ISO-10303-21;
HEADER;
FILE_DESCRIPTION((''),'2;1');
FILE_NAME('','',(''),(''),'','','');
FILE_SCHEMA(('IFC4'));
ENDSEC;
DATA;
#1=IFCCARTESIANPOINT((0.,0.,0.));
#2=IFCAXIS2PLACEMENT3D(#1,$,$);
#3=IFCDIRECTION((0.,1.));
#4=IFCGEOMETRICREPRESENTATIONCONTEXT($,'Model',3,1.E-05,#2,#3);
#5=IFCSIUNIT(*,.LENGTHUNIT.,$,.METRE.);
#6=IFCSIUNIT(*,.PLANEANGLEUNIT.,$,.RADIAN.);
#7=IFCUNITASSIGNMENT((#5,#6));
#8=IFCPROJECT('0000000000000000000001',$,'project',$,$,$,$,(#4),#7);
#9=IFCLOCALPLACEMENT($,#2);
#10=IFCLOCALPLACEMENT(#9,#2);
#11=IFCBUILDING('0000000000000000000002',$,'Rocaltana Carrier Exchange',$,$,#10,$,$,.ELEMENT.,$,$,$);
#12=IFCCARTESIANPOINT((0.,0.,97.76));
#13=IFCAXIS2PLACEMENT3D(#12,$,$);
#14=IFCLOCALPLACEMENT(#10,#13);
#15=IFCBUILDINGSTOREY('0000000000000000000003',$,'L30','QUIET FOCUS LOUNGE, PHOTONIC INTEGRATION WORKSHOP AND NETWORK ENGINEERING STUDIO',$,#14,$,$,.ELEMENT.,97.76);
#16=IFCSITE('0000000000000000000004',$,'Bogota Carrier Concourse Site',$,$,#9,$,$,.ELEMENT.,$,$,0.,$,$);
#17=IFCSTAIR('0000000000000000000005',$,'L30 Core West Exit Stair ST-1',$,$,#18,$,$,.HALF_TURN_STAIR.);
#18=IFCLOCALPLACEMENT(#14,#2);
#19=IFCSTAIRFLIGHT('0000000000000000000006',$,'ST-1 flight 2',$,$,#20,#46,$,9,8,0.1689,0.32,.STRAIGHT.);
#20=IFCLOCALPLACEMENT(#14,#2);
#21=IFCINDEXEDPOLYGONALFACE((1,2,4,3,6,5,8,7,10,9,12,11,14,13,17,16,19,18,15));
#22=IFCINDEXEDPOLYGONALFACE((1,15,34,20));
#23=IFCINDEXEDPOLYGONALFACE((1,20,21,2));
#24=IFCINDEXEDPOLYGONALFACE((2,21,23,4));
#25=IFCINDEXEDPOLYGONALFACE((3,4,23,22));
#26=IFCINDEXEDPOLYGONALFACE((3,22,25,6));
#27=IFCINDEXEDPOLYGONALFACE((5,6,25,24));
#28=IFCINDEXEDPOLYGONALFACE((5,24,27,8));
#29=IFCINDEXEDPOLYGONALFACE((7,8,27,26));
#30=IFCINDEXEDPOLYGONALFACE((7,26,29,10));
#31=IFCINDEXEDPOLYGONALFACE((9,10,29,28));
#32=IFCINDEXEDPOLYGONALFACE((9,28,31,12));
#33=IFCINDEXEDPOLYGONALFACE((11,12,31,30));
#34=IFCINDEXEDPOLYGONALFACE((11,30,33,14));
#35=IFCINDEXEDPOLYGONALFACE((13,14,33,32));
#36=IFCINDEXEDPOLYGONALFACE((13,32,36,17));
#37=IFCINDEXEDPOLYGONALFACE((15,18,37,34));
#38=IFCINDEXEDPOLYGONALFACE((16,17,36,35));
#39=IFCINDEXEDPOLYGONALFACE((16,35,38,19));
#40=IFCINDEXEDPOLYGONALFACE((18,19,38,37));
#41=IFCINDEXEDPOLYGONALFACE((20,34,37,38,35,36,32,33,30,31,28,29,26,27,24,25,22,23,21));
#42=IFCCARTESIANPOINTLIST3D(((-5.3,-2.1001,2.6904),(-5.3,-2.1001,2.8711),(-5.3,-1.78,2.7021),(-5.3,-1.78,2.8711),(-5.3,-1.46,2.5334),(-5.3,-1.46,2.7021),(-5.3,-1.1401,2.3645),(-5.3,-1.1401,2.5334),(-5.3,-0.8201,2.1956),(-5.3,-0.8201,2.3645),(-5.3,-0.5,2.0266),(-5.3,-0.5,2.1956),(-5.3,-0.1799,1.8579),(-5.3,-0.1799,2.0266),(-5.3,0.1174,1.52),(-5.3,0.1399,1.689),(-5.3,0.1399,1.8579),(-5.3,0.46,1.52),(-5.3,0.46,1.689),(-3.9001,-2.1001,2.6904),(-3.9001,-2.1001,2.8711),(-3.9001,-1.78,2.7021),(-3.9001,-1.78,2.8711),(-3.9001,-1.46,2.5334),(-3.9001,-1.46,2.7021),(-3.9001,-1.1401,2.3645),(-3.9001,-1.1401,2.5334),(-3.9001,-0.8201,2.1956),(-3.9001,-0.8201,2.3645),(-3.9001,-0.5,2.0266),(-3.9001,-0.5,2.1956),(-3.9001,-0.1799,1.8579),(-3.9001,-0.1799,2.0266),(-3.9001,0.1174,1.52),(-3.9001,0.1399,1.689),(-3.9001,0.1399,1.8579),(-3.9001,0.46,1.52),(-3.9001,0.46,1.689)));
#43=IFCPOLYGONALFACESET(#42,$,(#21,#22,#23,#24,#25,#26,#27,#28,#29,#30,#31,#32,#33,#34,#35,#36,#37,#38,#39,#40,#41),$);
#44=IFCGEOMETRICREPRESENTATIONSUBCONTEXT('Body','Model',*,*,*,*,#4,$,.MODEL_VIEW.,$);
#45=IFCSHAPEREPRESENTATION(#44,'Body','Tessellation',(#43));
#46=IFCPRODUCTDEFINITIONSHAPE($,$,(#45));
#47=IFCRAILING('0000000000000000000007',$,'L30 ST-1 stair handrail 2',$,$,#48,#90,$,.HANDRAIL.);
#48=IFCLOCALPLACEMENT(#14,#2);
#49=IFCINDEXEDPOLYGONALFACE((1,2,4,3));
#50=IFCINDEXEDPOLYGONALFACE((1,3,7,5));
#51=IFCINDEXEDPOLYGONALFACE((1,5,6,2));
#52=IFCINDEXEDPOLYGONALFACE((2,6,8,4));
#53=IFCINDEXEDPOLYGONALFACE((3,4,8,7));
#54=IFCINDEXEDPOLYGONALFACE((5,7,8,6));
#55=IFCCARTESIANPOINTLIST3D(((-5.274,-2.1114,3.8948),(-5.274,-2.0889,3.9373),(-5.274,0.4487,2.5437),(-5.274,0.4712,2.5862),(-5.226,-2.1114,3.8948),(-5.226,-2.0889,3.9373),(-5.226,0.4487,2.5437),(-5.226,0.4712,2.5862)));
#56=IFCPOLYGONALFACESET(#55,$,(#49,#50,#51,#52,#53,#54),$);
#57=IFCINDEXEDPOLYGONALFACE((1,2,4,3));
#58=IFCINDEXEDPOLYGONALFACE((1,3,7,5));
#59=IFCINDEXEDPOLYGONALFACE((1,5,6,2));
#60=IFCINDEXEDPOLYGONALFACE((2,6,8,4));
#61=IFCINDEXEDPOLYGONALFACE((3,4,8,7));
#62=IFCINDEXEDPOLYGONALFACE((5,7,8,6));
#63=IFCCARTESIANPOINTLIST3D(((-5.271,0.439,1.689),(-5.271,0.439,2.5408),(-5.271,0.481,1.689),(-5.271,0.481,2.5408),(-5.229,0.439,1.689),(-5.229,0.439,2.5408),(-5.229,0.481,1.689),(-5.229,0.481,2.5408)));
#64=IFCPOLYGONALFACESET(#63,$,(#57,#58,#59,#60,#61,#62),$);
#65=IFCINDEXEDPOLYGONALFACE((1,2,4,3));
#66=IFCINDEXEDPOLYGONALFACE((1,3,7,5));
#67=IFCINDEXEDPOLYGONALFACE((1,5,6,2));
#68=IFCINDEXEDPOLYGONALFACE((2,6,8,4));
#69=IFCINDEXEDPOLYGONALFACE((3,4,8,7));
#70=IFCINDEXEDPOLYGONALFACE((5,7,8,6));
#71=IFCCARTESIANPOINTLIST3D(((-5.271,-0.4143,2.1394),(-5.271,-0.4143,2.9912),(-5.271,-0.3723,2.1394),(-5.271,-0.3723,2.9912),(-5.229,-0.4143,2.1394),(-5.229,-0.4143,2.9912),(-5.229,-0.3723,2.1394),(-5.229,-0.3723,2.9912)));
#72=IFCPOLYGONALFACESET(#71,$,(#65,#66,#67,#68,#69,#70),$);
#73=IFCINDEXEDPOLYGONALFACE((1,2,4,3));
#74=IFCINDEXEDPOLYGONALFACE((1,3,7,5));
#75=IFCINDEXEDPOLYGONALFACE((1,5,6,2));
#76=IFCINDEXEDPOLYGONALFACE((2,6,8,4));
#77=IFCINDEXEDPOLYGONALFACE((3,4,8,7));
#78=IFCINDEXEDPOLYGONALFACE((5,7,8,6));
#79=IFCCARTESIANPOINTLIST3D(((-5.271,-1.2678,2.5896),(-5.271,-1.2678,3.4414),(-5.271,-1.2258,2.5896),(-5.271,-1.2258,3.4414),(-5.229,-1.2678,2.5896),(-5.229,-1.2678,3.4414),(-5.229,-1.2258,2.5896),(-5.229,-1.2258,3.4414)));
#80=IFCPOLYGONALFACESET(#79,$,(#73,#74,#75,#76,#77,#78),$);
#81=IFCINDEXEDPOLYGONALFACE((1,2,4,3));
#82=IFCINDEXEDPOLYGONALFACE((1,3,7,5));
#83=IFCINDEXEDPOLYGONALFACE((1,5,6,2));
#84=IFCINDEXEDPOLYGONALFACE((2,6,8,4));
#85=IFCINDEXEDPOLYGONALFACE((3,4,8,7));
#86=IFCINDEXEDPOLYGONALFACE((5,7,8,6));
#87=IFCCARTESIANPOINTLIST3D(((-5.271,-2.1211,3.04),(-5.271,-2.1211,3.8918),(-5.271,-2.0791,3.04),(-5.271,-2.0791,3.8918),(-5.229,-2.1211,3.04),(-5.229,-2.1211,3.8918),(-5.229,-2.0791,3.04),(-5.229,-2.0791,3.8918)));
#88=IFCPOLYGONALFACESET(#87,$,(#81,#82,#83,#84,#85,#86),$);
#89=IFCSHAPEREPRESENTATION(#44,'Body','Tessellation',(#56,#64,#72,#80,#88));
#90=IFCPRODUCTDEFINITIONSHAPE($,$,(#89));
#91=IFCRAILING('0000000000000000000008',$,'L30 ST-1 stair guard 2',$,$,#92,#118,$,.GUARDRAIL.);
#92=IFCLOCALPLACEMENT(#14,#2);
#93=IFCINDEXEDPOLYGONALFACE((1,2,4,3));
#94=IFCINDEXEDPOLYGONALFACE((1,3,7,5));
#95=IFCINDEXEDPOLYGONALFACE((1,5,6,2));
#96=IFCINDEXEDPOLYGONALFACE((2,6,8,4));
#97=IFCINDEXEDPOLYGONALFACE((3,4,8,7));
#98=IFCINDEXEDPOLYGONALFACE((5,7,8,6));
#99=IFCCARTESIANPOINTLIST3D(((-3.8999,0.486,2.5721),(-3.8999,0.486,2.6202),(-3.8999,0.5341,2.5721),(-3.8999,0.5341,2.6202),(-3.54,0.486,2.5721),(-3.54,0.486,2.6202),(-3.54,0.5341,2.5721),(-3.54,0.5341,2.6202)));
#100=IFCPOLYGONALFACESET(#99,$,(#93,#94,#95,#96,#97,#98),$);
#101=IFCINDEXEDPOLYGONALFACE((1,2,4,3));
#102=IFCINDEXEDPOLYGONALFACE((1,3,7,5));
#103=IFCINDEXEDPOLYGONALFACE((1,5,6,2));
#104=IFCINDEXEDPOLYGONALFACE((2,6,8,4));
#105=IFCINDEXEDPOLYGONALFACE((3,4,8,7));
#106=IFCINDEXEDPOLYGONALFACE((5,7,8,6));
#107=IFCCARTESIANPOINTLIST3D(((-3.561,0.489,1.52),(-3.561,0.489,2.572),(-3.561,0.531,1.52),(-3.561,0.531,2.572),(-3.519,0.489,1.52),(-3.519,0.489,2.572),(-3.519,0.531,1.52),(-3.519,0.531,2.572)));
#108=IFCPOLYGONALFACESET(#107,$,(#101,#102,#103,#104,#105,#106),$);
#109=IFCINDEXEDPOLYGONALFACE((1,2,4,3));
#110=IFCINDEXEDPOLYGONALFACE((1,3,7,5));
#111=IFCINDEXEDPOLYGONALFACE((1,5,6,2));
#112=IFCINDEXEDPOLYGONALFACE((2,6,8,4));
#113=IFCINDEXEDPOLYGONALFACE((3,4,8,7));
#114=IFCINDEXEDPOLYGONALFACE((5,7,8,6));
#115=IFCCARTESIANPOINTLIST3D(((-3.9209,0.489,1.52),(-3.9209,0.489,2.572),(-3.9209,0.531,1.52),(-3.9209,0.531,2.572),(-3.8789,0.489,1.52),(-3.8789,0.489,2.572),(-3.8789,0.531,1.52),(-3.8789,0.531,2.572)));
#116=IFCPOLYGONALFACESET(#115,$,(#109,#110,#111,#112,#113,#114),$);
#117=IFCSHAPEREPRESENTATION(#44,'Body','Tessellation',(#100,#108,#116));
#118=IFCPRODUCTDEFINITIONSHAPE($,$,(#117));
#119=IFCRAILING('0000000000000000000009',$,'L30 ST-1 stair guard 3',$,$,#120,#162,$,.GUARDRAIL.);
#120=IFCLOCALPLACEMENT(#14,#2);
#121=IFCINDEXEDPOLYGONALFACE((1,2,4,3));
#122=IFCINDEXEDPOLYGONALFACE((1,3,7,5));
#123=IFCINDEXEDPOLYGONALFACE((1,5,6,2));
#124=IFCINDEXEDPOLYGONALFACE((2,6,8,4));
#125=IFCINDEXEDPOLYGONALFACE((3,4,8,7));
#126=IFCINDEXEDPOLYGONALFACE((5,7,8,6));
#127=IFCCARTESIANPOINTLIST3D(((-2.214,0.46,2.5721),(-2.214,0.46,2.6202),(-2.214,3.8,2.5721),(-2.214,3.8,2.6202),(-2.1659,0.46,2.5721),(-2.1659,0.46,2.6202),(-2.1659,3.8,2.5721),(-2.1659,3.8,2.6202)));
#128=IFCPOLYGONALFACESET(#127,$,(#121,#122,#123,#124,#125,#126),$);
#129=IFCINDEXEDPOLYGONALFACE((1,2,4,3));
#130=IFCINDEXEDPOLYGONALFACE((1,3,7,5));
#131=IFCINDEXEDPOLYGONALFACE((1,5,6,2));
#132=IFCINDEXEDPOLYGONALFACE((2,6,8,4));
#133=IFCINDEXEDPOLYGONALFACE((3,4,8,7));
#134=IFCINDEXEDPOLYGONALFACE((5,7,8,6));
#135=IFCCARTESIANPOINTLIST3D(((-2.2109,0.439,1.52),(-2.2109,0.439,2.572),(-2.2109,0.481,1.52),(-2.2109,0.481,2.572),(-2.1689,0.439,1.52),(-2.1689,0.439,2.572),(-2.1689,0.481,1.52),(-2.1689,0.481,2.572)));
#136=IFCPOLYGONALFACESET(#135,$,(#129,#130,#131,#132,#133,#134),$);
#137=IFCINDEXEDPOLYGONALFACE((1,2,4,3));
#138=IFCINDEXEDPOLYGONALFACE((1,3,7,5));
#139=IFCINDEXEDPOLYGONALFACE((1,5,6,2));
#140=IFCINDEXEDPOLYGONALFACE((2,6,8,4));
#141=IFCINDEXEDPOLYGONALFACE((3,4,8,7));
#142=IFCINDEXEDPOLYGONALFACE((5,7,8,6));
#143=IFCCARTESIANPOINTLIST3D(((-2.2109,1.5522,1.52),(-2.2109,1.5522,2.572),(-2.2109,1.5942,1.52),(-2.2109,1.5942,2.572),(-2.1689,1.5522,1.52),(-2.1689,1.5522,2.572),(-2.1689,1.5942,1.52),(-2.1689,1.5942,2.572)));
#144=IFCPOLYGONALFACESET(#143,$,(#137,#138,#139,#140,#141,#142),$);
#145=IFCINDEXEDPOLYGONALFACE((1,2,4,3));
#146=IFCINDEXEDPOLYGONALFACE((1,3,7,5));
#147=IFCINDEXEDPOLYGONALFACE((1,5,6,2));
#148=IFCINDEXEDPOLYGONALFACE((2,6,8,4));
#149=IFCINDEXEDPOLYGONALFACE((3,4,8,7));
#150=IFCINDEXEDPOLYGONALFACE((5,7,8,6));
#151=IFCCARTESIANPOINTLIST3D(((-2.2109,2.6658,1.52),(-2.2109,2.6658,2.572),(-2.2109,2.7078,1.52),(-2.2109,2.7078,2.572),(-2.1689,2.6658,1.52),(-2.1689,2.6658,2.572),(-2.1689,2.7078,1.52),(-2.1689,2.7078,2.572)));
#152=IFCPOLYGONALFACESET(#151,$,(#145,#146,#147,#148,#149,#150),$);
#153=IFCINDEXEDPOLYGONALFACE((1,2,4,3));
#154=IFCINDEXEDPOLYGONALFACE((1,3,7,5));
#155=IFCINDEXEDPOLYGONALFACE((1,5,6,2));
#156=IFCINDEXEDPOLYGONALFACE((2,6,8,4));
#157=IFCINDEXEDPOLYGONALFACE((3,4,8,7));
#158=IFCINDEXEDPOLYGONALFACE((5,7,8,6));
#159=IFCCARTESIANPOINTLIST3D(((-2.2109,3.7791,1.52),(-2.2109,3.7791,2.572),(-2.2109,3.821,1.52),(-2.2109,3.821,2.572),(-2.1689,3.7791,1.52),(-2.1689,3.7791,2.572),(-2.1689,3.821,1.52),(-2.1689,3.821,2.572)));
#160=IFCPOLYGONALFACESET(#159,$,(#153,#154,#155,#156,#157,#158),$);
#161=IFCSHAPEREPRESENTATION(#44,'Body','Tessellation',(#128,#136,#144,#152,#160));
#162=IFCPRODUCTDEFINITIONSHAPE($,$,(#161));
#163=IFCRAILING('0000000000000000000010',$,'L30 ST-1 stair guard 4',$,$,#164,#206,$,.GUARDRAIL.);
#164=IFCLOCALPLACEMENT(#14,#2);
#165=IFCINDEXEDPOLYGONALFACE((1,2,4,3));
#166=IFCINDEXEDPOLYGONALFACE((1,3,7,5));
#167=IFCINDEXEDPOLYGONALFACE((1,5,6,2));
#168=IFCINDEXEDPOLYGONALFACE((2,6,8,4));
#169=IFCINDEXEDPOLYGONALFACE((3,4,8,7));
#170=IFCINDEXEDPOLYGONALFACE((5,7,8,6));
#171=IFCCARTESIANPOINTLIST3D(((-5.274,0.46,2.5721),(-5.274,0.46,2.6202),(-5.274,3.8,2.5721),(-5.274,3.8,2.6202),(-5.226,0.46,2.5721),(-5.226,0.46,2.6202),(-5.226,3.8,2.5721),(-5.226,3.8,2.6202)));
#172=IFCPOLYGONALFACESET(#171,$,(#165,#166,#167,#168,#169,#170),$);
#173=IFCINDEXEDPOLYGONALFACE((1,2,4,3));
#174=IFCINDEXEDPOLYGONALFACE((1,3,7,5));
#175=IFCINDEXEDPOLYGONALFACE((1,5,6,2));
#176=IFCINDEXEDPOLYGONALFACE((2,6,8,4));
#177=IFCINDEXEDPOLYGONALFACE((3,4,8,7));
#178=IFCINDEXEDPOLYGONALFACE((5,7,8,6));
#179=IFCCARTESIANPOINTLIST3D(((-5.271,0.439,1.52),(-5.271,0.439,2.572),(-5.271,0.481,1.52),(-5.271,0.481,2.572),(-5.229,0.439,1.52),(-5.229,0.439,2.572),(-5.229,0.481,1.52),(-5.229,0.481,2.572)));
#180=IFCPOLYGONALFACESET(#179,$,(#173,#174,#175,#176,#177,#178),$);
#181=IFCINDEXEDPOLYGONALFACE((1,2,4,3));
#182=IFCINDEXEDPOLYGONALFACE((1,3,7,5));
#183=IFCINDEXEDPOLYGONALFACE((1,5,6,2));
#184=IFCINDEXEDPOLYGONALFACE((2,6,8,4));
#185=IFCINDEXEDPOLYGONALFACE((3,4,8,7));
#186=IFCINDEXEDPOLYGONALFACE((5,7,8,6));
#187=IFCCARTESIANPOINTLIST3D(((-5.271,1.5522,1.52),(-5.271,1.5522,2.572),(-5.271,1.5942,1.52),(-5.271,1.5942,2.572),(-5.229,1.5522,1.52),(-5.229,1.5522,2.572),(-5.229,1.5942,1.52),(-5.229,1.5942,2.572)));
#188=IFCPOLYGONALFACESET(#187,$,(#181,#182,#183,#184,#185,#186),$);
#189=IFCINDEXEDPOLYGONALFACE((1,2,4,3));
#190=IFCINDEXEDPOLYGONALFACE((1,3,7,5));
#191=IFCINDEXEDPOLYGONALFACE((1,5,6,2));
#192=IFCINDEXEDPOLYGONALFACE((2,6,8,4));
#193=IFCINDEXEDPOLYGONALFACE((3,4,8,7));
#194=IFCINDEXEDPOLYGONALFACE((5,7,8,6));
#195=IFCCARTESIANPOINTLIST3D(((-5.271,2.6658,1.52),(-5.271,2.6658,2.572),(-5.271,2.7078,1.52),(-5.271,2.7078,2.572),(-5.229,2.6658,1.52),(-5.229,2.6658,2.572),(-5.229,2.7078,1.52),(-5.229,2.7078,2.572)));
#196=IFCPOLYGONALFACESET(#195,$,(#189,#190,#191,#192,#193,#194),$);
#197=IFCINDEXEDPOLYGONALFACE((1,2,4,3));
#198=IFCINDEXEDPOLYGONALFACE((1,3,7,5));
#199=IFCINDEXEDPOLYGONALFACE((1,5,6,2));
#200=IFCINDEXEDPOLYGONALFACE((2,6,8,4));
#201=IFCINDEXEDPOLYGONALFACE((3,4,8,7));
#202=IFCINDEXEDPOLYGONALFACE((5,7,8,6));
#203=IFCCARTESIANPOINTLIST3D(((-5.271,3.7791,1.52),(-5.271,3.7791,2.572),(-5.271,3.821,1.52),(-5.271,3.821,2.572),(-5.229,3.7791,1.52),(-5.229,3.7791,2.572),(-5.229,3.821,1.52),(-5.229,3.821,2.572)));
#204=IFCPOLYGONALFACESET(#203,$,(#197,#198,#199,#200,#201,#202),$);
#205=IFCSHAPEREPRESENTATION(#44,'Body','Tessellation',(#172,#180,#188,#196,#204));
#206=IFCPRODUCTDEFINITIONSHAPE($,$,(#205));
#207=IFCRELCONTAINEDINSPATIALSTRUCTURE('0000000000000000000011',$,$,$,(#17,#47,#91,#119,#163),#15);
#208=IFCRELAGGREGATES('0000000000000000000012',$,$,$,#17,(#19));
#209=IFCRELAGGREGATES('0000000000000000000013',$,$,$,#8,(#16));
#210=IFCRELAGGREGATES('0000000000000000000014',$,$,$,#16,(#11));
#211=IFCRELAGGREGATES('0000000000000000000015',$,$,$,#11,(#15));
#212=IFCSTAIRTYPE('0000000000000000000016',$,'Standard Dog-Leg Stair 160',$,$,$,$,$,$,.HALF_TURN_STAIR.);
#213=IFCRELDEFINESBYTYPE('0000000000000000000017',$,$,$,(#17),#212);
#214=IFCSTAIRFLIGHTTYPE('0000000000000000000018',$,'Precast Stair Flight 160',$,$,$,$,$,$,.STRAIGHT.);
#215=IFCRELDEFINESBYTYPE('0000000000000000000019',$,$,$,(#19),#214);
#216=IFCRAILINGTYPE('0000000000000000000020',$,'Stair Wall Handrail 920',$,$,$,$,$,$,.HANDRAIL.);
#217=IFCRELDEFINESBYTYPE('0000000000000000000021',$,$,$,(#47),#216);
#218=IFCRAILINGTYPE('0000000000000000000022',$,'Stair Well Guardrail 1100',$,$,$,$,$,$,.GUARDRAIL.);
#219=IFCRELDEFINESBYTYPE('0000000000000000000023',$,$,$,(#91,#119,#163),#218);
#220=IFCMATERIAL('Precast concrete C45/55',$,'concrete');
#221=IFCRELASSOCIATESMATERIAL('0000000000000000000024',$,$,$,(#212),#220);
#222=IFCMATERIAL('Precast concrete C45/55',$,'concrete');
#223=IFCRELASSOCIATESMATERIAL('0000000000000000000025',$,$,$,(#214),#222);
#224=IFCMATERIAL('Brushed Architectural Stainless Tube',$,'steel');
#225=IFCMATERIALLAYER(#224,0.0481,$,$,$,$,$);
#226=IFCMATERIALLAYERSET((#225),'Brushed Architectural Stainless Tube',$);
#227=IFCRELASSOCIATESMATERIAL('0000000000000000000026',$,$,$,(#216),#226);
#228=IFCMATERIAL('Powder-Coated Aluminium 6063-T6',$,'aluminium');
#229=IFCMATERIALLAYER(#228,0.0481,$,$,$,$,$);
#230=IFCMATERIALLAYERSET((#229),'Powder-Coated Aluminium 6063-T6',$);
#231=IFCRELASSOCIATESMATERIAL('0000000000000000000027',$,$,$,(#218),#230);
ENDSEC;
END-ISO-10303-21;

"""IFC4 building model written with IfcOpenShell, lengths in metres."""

from ifc_helpers import new_model, si_unit, direction, frame, origin, origin_2d, place, context, subcontext, project, spatial, polyline, rectangle, outline, extrude, material, layer, layer_set, type_object, element, aggregate, save


model = new_model("IFC4")

# Units and contexts
model_context = context("Model", 3, precision=1e-05, world=origin(), true_north=direction((0.0, 1.0)))
body_context = subcontext(model_context, "Body", "Model", "MODEL_VIEW")
ifc_project = project(units=[si_unit("LENGTHUNIT", "METRE"), si_unit("PLANEANGLEUNIT", "RADIAN")], contexts=[model_context])

# Site, building, storey
site_placement = place(None, origin())
site = spatial("IfcSite", under=ifc_project, at=site_placement, Name="Bogota Carrier Concourse Site", CompositionType="ELEMENT", RefElevation=0.0)
building_placement = place(site_placement, origin())
building = spatial("IfcBuilding", under=site, at=building_placement, Name="Rocaltana Carrier Exchange", CompositionType="ELEMENT")
storey_placement = place(building_placement, frame((0.0, 0.0, 97.76)))
storey = spatial("IfcBuildingStorey", under=building, at=storey_placement, Name="L30", Description="QUIET FOCUS LOUNGE, PHOTONIC INTEGRATION WORKSHOP AND NETWORK ENGINEERING STUDIO", CompositionType="ELEMENT", Elevation=97.76)

# Stair, stair flight
ifc_material_1 = material(Name="Precast concrete C45/55", Category="concrete")
stair_type = type_object("IfcStairType", Name="Standard Dog-Leg Stair 160", PredefinedType="HALF_TURN_STAIR", material=ifc_material_1)
stair_placement = place(storey_placement, origin())
stair = element("IfcStair", 1, at=stair_placement, inside=storey, type_object=stair_type, Name="L30 Core West Exit Stair ST-1", PredefinedType="HALF_TURN_STAIR")
ifc_material_2 = material(Name="Precast concrete C45/55", Category="concrete")
stair_flight_type = type_object("IfcStairFlightType", Name="Precast Stair Flight 160", PredefinedType="STRAIGHT", material=ifc_material_2)
stair_flight_placement = place(storey_placement, frame((-4.6001, 0.46, 1.52), z_axis=(0.0, 0.0, 1.0), x_axis=(0.0, -1.0, 0.0)))
stair_flight = element("IfcStairFlight", 2, at=stair_flight_placement, type_object=stair_flight_type, Name="ST-1 flight 2", NumberOfRisers=9, NumberOfTreads=8, PredefinedType="STRAIGHT", RiserHeight=0.1689, TreadLength=0.32, context=body_context, shape_type="SweptSolid", body=[
    extrude(outline(polyline([(0.0, 0.0), (0.0, 0.1689), (0.3201, 0.1689), (0.3201, 0.3379), (0.6399, 0.3379), (0.6399, 0.5066), (0.96, 0.5066), (0.96, 0.6755), (1.28, 0.6755), (1.28, 0.8445), (1.6001, 0.8445), (1.6001, 1.0134), (1.9199, 1.0134), (1.9199, 1.1821), (2.24, 1.1821), (2.24, 1.3511), (2.5601, 1.3511), (2.5601, 1.52), (2.5601, 1.1704), (0.3425, 0.0), (0.0, 0.0)])), frame((0.0, 0.7, 0.0), z_axis=(0.0, -1.0, 0.0), x_axis=(1.0, 0.0, 0.0)), (0.0, 0.0, 1.0), 1.3999),
])
aggregate(stair, [stair_flight])

# Railings
ifc_material_3 = material(Name="Brushed Architectural Stainless Tube", Category="steel")
ifc_layer_1 = layer(ifc_material_3, 0.0481)
ifc_layer_set_1 = layer_set([ifc_layer_1], Name="Brushed Architectural Stainless Tube")
railing_type_1 = type_object("IfcRailingType", Name="Stair Wall Handrail 920", PredefinedType="HANDRAIL", material=ifc_layer_set_1)
railing_1_placement = place(storey_placement, frame((-5.25, 0.46, 1.689)))
element("IfcRailing", 3, at=railing_1_placement, inside=storey, type_object=railing_type_1, Name="L30 ST-1 stair handrail 2", PredefinedType="HANDRAIL", context=body_context, shape_type="SweptSolid", body=[
    extrude(rectangle(XDim=0.0481, YDim=0.0481, at=origin_2d()), frame((0.0, 0.0, 0.876), z_axis=(0.0, -0.884394, 0.46674), x_axis=(1.0, 0.0, 0.0)), (0.0, 0.0, 1.0), 2.8948),
    extrude(rectangle(XDim=0.042, YDim=0.042, at=origin_2d()), origin(), (0.0, 0.0, 1.0), 0.8518),
    extrude(rectangle(XDim=0.042, YDim=0.042, at=origin_2d()), frame((0.0, -0.8533, 0.4504)), (0.0, 0.0, 1.0), 0.8518),
    extrude(rectangle(XDim=0.042, YDim=0.042, at=origin_2d()), frame((0.0, -1.7068, 0.9006)), (0.0, 0.0, 1.0), 0.8518),
    extrude(rectangle(XDim=0.042, YDim=0.042, at=origin_2d()), frame((0.0, -2.5601, 1.3511)), (0.0, 0.0, 1.0), 0.8518),
])
ifc_material_4 = material(Name="Powder-Coated Aluminium 6063-T6", Category="aluminium")
ifc_layer_2 = layer(ifc_material_4, 0.0481)
ifc_layer_set_2 = layer_set([ifc_layer_2], Name="Powder-Coated Aluminium 6063-T6")
railing_type_2 = type_object("IfcRailingType", Name="Stair Well Guardrail 1100", PredefinedType="GUARDRAIL", material=ifc_layer_set_2)
railing_2_placement = place(storey_placement, frame((-3.54, 0.51, 1.52)))
element("IfcRailing", 4, at=railing_2_placement, inside=storey, type_object=railing_type_2, Name="L30 ST-1 stair guard 2", PredefinedType="GUARDRAIL", context=body_context, shape_type="SweptSolid", body=[
    extrude(rectangle(XDim=0.0481, YDim=0.0481, at=origin_2d()), frame((0.0, 0.0, 1.0762), z_axis=(-1.0, 0.0, 0.0), x_axis=(0.0, -1.0, 0.0)), (0.0, 0.0, 1.0), 0.3599),
    extrude(rectangle(XDim=0.042, YDim=0.042, at=origin_2d()), origin(), (0.0, 0.0, 1.0), 1.052),
    extrude(rectangle(XDim=0.042, YDim=0.042, at=origin_2d()), frame((-0.3599, 0.0, 0.0)), (0.0, 0.0, 1.0), 1.052),
])
for number, where, name in (
    (5, (-2.1899, 0.46, 1.52), "L30 ST-1 stair guard 3"),
    (6, (-5.25, 0.46, 1.52), "L30 ST-1 stair guard 4"),
):
    element("IfcRailing", number, at=place(storey_placement, frame(where)), inside=storey, type_object=railing_type_2, Name=name, PredefinedType="GUARDRAIL", context=body_context, shape_type="SweptSolid", body=[
        extrude(rectangle(XDim=0.0481, YDim=0.0481, at=origin_2d()), frame((0.0, 0.0, 1.0762), z_axis=(0.0, 1.0, 0.0), x_axis=(-1.0, 0.0, 0.0)), (0.0, 0.0, 1.0), 3.3401),
        extrude(rectangle(XDim=0.042, YDim=0.042, at=origin_2d()), origin(), (0.0, 0.0, 1.0), 1.052),
        extrude(rectangle(XDim=0.042, YDim=0.042, at=origin_2d()), frame((0.0, 1.1133, 0.0)), (0.0, 0.0, 1.0), 1.052),
        extrude(rectangle(XDim=0.042, YDim=0.042, at=origin_2d()), frame((0.0, 2.2268, 0.0)), (0.0, 0.0, 1.0), 1.052),
        extrude(rectangle(XDim=0.042, YDim=0.042, at=origin_2d()), frame((0.0, 3.3401, 0.0)), (0.0, 0.0, 1.0), 1.052),
    ])

save(model, "model.ifc")
